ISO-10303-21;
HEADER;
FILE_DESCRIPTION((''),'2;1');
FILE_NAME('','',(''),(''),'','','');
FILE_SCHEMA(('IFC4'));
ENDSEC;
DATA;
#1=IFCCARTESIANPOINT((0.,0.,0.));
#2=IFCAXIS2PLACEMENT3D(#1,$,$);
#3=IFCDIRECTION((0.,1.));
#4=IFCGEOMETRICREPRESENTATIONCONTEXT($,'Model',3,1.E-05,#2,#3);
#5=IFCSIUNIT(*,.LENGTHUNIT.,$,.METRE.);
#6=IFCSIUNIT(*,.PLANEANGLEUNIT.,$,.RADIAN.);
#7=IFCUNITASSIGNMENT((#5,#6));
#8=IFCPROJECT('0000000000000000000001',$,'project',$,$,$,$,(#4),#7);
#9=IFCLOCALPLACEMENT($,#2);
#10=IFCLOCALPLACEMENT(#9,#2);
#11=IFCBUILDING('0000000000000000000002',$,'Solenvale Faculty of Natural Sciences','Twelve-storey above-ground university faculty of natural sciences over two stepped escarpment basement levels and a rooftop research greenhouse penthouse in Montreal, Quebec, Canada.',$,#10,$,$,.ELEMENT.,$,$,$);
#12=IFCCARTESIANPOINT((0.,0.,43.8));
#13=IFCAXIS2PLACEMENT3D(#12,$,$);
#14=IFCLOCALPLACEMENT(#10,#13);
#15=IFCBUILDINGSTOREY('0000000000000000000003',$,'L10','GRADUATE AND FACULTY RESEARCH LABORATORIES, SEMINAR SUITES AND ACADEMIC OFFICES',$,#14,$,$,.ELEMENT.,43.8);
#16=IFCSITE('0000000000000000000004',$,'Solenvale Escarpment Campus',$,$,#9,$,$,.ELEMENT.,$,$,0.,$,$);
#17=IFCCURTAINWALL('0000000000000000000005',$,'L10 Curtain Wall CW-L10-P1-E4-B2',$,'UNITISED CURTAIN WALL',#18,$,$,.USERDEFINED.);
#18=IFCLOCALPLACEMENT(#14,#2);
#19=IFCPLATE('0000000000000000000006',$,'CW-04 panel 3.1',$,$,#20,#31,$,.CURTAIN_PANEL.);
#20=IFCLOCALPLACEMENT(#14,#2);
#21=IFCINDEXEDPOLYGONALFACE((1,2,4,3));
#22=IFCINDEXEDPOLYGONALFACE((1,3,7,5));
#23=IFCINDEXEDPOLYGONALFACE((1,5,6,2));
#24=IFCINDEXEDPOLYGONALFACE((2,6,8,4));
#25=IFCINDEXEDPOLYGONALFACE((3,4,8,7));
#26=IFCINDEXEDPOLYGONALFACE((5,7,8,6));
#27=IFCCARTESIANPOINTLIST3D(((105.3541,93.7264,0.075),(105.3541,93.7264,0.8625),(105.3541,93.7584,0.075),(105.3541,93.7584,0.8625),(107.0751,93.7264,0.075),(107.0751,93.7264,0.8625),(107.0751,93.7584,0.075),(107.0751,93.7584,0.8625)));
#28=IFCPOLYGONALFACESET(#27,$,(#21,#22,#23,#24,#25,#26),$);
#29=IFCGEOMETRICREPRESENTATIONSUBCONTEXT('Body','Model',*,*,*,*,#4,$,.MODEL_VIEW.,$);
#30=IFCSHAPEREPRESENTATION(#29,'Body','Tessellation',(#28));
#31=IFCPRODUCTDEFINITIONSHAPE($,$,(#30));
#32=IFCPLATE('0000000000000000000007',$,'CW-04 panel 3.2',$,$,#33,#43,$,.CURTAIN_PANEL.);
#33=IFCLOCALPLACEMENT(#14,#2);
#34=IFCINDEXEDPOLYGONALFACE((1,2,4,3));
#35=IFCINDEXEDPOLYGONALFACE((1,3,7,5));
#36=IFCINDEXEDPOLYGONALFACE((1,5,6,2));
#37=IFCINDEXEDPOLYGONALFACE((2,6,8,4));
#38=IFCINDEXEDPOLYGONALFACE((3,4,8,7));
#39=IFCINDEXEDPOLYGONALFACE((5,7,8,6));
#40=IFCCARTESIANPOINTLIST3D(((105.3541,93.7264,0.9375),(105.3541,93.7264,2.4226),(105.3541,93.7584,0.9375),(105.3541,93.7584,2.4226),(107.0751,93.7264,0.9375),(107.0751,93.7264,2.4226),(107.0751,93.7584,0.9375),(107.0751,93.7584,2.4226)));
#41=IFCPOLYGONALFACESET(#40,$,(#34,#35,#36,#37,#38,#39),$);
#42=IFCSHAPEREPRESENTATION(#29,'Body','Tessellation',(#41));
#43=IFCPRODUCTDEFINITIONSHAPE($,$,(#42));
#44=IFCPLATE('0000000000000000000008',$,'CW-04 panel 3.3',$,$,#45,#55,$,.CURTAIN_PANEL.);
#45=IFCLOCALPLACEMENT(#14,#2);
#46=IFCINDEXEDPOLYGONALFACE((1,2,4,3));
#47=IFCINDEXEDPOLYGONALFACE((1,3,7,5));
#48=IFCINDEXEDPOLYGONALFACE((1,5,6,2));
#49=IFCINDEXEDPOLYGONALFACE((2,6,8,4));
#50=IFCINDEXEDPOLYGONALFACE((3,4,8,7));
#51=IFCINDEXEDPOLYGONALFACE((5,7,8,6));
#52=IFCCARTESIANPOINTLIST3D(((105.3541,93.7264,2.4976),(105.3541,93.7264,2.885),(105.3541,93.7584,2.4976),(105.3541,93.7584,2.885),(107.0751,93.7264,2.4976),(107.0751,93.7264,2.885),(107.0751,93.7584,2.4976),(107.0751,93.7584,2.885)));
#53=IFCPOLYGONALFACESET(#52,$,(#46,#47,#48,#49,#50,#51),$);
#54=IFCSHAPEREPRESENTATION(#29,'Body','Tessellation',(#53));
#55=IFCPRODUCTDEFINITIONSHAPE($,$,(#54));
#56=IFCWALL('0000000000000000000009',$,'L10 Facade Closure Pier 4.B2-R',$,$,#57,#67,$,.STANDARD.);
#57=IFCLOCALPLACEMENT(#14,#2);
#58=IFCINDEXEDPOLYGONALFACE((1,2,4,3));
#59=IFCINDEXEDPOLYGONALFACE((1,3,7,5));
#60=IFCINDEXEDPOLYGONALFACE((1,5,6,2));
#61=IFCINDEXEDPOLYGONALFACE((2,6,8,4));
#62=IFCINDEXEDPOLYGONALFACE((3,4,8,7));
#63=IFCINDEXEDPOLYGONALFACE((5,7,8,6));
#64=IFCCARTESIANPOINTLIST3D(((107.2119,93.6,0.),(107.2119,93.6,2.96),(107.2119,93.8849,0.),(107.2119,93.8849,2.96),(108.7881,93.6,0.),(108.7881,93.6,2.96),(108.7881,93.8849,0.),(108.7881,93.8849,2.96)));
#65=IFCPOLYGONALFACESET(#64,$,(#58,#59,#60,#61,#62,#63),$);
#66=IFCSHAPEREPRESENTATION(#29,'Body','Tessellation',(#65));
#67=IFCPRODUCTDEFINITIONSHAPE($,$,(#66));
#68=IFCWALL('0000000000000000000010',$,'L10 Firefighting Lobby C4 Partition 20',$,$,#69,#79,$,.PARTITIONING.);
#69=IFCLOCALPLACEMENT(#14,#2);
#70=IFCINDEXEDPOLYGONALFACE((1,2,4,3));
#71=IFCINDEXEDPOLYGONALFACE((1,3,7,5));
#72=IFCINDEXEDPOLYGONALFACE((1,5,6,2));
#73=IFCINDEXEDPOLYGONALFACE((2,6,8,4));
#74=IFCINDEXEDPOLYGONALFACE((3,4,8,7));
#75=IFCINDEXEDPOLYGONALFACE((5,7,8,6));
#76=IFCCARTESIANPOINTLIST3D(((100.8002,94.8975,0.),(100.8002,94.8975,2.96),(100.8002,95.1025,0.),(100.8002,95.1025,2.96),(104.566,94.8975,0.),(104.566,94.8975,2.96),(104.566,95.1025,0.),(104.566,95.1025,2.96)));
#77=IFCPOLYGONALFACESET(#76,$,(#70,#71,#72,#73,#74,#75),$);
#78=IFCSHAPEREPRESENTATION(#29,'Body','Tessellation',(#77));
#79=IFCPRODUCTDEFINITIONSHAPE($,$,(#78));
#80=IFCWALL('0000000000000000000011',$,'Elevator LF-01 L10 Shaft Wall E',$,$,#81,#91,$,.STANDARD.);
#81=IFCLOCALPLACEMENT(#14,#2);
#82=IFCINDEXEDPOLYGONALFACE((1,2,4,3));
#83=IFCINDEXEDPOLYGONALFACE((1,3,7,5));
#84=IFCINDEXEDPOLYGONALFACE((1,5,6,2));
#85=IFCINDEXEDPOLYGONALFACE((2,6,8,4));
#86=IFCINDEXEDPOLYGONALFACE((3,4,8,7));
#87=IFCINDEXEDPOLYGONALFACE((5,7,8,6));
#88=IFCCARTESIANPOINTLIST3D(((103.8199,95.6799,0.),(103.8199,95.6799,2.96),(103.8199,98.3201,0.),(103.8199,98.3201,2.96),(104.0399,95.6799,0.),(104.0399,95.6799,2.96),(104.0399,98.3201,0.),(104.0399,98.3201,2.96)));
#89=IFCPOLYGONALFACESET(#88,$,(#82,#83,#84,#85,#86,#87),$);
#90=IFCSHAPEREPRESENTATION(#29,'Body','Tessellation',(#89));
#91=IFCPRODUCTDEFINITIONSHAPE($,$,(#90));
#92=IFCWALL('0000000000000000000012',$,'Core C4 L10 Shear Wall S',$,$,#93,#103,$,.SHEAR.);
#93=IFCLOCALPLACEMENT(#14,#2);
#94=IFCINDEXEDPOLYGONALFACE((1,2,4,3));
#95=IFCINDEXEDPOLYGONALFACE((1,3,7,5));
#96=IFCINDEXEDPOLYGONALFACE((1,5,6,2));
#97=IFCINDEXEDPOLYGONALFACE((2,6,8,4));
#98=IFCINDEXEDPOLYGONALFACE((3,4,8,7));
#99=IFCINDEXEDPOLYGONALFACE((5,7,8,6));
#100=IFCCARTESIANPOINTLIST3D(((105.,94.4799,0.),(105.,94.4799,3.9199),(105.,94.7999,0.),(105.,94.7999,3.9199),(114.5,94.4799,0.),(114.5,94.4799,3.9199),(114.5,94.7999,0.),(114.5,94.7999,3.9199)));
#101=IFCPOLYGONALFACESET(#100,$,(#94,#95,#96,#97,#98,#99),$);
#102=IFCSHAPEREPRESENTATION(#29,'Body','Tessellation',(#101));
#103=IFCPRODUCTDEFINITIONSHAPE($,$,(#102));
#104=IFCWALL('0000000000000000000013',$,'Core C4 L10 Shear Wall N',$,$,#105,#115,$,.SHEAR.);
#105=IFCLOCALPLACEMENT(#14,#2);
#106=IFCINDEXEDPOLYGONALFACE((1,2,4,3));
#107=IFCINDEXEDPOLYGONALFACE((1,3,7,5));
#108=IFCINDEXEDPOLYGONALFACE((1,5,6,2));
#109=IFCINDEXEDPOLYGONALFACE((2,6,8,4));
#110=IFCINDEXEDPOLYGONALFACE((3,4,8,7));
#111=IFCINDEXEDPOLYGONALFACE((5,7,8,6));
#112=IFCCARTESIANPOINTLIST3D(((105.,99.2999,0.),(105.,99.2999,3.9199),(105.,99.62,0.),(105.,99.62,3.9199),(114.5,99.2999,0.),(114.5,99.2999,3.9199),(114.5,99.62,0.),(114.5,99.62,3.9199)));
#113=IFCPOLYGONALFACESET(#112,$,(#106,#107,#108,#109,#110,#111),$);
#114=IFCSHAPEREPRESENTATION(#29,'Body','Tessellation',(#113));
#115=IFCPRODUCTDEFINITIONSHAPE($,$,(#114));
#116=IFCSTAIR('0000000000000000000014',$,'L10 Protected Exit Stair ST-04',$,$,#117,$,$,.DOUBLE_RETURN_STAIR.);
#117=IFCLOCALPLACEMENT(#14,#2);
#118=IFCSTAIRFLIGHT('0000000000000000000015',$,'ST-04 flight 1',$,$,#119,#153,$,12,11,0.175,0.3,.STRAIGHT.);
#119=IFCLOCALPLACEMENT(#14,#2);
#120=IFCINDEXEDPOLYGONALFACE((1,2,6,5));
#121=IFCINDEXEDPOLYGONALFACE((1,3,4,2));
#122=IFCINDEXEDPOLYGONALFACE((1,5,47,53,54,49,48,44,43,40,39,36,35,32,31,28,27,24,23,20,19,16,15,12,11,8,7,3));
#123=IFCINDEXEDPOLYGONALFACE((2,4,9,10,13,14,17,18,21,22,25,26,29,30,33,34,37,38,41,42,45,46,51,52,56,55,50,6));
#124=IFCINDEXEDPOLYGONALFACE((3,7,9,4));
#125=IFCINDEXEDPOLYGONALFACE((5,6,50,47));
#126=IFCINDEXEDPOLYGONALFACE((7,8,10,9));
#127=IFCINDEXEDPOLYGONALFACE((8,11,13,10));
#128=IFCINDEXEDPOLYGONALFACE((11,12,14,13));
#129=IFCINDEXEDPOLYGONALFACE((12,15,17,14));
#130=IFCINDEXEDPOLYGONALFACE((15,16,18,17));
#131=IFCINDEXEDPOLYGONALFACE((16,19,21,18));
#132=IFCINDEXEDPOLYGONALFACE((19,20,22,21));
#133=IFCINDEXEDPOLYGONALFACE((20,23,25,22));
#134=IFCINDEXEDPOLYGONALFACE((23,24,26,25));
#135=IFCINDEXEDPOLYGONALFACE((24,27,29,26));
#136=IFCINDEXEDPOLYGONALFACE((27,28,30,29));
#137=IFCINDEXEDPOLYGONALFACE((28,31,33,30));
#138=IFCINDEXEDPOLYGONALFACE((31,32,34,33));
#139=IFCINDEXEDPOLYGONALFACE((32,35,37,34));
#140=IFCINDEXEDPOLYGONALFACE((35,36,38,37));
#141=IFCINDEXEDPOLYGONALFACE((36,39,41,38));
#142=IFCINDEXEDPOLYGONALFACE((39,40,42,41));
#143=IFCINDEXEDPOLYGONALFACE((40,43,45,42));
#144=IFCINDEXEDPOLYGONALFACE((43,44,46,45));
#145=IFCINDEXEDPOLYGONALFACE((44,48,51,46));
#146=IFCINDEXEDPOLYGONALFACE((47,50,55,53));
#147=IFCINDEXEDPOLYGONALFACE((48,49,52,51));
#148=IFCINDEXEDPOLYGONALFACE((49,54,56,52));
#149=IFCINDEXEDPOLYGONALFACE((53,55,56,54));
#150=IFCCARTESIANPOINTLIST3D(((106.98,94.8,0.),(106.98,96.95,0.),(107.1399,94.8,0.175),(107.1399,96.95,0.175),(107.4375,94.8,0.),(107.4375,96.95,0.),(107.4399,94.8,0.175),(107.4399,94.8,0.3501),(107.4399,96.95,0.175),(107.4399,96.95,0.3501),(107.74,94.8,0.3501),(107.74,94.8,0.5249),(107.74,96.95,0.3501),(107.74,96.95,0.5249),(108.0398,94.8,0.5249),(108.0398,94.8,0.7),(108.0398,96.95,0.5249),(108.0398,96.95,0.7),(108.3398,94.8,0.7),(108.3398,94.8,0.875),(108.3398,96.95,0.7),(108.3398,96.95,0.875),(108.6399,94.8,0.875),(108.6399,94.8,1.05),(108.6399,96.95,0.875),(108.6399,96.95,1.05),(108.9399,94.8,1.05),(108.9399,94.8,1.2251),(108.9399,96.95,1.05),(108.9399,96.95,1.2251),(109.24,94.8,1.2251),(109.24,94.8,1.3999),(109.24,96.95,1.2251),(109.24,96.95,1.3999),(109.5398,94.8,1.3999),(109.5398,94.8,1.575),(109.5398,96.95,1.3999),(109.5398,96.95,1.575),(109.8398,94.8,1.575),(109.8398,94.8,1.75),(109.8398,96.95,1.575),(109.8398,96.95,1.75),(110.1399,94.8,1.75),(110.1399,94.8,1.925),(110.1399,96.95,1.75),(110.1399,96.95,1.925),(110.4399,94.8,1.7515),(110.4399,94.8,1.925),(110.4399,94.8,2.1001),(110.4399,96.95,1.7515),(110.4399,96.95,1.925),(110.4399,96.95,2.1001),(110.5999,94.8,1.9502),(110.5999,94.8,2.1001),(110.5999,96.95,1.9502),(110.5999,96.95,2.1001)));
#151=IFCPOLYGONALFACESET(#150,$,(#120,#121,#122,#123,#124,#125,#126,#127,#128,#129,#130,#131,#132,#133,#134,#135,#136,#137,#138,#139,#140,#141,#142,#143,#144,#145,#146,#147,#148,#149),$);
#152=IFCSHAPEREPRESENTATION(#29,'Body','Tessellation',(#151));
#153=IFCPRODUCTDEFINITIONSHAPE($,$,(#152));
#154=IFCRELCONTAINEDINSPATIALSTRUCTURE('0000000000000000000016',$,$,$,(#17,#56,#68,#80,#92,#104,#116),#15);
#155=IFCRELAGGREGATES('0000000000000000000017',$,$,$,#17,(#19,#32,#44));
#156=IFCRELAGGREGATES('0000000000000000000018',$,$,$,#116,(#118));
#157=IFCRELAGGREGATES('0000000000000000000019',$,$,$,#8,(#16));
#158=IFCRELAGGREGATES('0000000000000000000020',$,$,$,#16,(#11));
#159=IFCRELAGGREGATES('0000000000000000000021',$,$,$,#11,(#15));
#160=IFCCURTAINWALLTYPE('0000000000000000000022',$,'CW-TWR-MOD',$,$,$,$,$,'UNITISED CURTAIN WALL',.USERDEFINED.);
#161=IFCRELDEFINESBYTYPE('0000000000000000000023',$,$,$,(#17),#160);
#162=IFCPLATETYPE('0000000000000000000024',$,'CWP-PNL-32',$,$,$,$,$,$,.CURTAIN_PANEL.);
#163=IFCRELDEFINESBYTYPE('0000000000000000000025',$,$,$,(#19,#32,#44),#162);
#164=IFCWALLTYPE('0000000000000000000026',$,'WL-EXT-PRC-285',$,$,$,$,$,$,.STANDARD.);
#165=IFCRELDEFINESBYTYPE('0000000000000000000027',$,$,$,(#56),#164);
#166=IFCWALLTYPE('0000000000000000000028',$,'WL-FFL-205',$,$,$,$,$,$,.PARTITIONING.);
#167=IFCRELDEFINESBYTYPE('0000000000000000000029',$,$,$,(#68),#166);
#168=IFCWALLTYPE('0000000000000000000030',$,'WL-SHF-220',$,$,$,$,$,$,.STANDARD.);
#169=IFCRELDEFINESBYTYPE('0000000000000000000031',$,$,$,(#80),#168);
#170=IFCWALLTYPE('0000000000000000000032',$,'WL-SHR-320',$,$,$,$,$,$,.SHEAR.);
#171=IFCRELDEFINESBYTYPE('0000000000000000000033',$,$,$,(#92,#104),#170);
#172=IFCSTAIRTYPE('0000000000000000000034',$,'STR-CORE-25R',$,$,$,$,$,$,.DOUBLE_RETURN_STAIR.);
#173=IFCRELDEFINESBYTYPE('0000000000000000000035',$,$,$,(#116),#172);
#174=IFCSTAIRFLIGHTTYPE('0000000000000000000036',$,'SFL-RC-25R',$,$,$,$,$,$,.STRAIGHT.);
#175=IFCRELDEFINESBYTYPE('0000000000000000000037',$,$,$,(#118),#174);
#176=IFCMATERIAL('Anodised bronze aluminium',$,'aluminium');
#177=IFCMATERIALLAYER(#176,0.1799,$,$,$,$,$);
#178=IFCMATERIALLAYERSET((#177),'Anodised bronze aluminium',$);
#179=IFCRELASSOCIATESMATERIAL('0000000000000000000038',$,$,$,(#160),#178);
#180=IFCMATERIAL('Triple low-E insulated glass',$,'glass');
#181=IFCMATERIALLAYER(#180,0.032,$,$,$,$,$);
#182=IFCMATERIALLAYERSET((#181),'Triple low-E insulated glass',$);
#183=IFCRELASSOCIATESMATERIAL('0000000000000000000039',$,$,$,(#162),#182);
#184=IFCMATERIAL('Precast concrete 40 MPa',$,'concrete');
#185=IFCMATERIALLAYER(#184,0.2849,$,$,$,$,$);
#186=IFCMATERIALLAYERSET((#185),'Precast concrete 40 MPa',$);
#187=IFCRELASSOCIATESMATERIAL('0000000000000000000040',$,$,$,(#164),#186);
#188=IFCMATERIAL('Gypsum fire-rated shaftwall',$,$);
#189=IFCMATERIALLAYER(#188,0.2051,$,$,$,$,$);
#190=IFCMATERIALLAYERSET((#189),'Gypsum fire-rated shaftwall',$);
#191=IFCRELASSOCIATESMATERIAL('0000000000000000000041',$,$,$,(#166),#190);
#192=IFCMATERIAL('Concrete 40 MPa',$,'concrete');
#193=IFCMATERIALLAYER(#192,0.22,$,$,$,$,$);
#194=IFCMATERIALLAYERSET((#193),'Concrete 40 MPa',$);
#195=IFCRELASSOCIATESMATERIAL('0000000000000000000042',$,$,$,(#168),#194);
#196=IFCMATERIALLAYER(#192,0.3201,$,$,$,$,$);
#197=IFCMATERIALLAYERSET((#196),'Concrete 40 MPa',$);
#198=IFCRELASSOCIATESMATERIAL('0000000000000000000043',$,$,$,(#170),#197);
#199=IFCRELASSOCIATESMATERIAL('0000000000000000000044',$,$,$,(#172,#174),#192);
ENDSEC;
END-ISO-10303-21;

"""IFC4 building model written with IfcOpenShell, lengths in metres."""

from ifc_helpers import new_model, si_unit, direction, frame, frame_2d, origin, origin_2d, place, context, subcontext, project, spatial, polyline, rectangle, outline, extrude, material, layer, layer_set, type_object, element, aggregate, save


model = new_model("IFC4")

# Units and contexts
model_context = context("Model", 3, precision=1e-05, world=origin(), true_north=direction((0.0, 1.0)))
body_context = subcontext(model_context, "Body", "Model", "MODEL_VIEW")
ifc_project = project(units=[si_unit("LENGTHUNIT", "METRE"), si_unit("PLANEANGLEUNIT", "RADIAN")], contexts=[model_context])

# Site, building, storey
site_placement = place(None, origin())
site = spatial("IfcSite", under=ifc_project, at=site_placement, Name="Solenvale Escarpment Campus", CompositionType="ELEMENT", RefElevation=0.0)
building_placement = place(site_placement, origin())
building = spatial("IfcBuilding", under=site, at=building_placement, Name="Solenvale Faculty of Natural Sciences", Description="Twelve-storey above-ground university faculty of natural sciences over two stepped escarpment basement levels and a rooftop research greenhouse penthouse in Montreal, Quebec, Canada.", CompositionType="ELEMENT")
storey_placement = place(building_placement, frame((0.0, 0.0, 43.8)))
storey = spatial("IfcBuildingStorey", under=building, at=storey_placement, Name="L10", Description="GRADUATE AND FACULTY RESEARCH LABORATORIES, SEMINAR SUITES AND ACADEMIC OFFICES", CompositionType="ELEMENT", Elevation=43.8)

# Curtain wall, plates
ifc_material_1 = material(Name="Anodised bronze aluminium", Category="aluminium")
ifc_layer_1 = layer(ifc_material_1, 0.1799)
ifc_layer_set_1 = layer_set([ifc_layer_1], Name="Anodised bronze aluminium")
curtain_wall_type = type_object("IfcCurtainWallType", Name="CW-TWR-MOD", ElementType="UNITISED CURTAIN WALL", PredefinedType="USERDEFINED", material=ifc_layer_set_1)
curtain_wall_placement = place(storey_placement, origin())
curtain_wall = element("IfcCurtainWall", 1, at=curtain_wall_placement, inside=storey, type_object=curtain_wall_type, Name="L10 Curtain Wall CW-L10-P1-E4-B2", ObjectType="UNITISED CURTAIN WALL", PredefinedType="USERDEFINED")
ifc_material_2 = material(Name="Triple low-E insulated glass", Category="glass")
ifc_layer_2 = layer(ifc_material_2, 0.032)
ifc_layer_set_2 = layer_set([ifc_layer_2], Name="Triple low-E insulated glass")
plate_type = type_object("IfcPlateType", Name="CWP-PNL-32", PredefinedType="CURTAIN_PANEL", material=ifc_layer_set_2)
plate_1_placement = place(storey_placement, frame((106.2146, 93.7424, 0.075), z_axis=(0.0, 0.0, 1.0), x_axis=(1.0, 0.0, 0.0)))
plate_1 = element("IfcPlate", 2, at=plate_1_placement, type_object=plate_type, Name="CW-04 panel 3.1", PredefinedType="CURTAIN_PANEL", context=body_context, shape_type="SweptSolid", body=[
    extrude(rectangle(XDim=1.7209, YDim=0.032, at=origin_2d()), origin(), (0.0, 0.0, 1.0), 0.7876),
])
plate_2_placement = place(storey_placement, frame((106.2146, 93.7424, 0.9375), z_axis=(0.0, 0.0, 1.0), x_axis=(1.0, 0.0, 0.0)))
plate_2 = element("IfcPlate", 3, at=plate_2_placement, type_object=plate_type, Name="CW-04 panel 3.2", PredefinedType="CURTAIN_PANEL", context=body_context, shape_type="SweptSolid", body=[
    extrude(rectangle(XDim=1.7209, YDim=0.032, at=origin_2d()), origin(), (0.0, 0.0, 1.0), 1.4851),
])
plate_3_placement = place(storey_placement, frame((106.2146, 93.7424, 2.4976), z_axis=(0.0, 0.0, 1.0), x_axis=(1.0, 0.0, 0.0)))
plate_3 = element("IfcPlate", 4, at=plate_3_placement, type_object=plate_type, Name="CW-04 panel 3.3", PredefinedType="CURTAIN_PANEL", context=body_context, shape_type="SweptSolid", body=[
    extrude(rectangle(XDim=1.7209, YDim=0.032, at=origin_2d()), origin(), (0.0, 0.0, 1.0), 0.3875),
])
aggregate(curtain_wall, [plate_1, plate_2, plate_3])

# Walls
ifc_material_3 = material(Name="Precast concrete 40 MPa", Category="concrete")
ifc_layer_3 = layer(ifc_material_3, 0.2849)
ifc_layer_set_3 = layer_set([ifc_layer_3], Name="Precast concrete 40 MPa")
wall_type_1 = type_object("IfcWallType", Name="WL-EXT-PRC-285", PredefinedType="STANDARD", material=ifc_layer_set_3)
wall_1_placement = place(storey_placement, frame((107.2119, 93.7424, 0.0), z_axis=(0.0, 0.0, 1.0), x_axis=(1.0, 0.0, 0.0)))
element("IfcWall", 5, at=wall_1_placement, inside=storey, type_object=wall_type_1, Name="L10 Facade Closure Pier 4.B2-R", PredefinedType="STANDARD", context=body_context, shape_type="SweptSolid", body=[
    extrude(rectangle(XDim=1.5762, YDim=0.2849, at=frame_2d((0.7881, 0.0))), origin(), (0.0, 0.0, 1.0), 2.96),
])
ifc_material_4 = material(Name="Gypsum fire-rated shaftwall")
ifc_layer_4 = layer(ifc_material_4, 0.2051)
ifc_layer_set_4 = layer_set([ifc_layer_4], Name="Gypsum fire-rated shaftwall")
wall_type_2 = type_object("IfcWallType", Name="WL-FFL-205", PredefinedType="PARTITIONING", material=ifc_layer_set_4)
wall_2_placement = place(storey_placement, frame((104.5659, 95.0, 0.0), z_axis=(0.0, 0.0, 1.0), x_axis=(-1.0, 0.0, 0.0)))
element("IfcWall", 6, at=wall_2_placement, inside=storey, type_object=wall_type_2, Name="L10 Firefighting Lobby C4 Partition 20", PredefinedType="PARTITIONING", context=body_context, shape_type="SweptSolid", body=[
    extrude(rectangle(XDim=3.7659, YDim=0.2051, at=frame_2d((1.8828, 0.0))), origin(), (0.0, 0.0, 1.0), 2.96),
])
ifc_material_5 = material(Name="Concrete 40 MPa", Category="concrete")
ifc_layer_5 = layer(ifc_material_5, 0.22)
ifc_layer_set_5 = layer_set([ifc_layer_5], Name="Concrete 40 MPa")
wall_type_3 = type_object("IfcWallType", Name="WL-SHF-220", PredefinedType="STANDARD", material=ifc_layer_set_5)
wall_3_placement = place(storey_placement, frame((103.9299, 95.6799, 0.0), z_axis=(0.0, 0.0, 1.0), x_axis=(0.0, 1.0, 0.0)))
element("IfcWall", 7, at=wall_3_placement, inside=storey, type_object=wall_type_3, Name="Elevator LF-01 L10 Shaft Wall E", PredefinedType="STANDARD", context=body_context, shape_type="SweptSolid", body=[
    extrude(rectangle(XDim=2.6401, YDim=0.22, at=frame_2d((1.3201, 0.0))), origin(), (0.0, 0.0, 1.0), 2.96),
])
ifc_layer_6 = layer(ifc_material_5, 0.3201)
ifc_layer_set_6 = layer_set([ifc_layer_6], Name="Concrete 40 MPa")
wall_type_4 = type_object("IfcWallType", Name="WL-SHR-320", PredefinedType="SHEAR", material=ifc_layer_set_6)
for number, where, z_axis, x_axis, name in (
    (8, (105.0, 94.6399, 0.0), (0.0, 0.0, 1.0), (1.0, 0.0, 0.0), "Core C4 L10 Shear Wall S"),
    (9, (105.0, 99.46, 0.0), (0.0, 0.0, 1.0), (1.0, 0.0, 0.0), "Core C4 L10 Shear Wall N"),
):
    element("IfcWall", number, at=place(storey_placement, frame(where, z_axis=z_axis, x_axis=x_axis)), inside=storey, type_object=wall_type_4, Name=name, PredefinedType="SHEAR", context=body_context, shape_type="SweptSolid", body=[
        extrude(rectangle(XDim=9.5, YDim=0.3201, at=frame_2d((4.75, 0.0))), origin(), (0.0, 0.0, 1.0), 3.9199),
    ])

# Stair, stair flight
stair_type = type_object("IfcStairType", Name="STR-CORE-25R", PredefinedType="DOUBLE_RETURN_STAIR", material=ifc_material_5)
stair_placement = place(storey_placement, origin())
stair = element("IfcStair", 10, at=stair_placement, inside=storey, type_object=stair_type, Name="L10 Protected Exit Stair ST-04", PredefinedType="DOUBLE_RETURN_STAIR")
stair_flight_type = type_object("IfcStairFlightType", Name="SFL-RC-25R", PredefinedType="STRAIGHT", material=ifc_material_5)
stair_flight_placement = place(storey_placement, frame((107.1399, 95.875, 0.0), z_axis=(0.0, 0.0, 1.0), x_axis=(1.0, 0.0, 0.0)))
stair_flight = element("IfcStairFlight", 11, at=stair_flight_placement, type_object=stair_flight_type, Name="ST-04 flight 1", NumberOfRisers=12, NumberOfTreads=11, PredefinedType="STRAIGHT", RiserHeight=0.175, TreadLength=0.3, context=body_context, shape_type="SweptSolid", body=[
    extrude(outline(polyline([(-0.1599, 0.0), (0.0, 0.175), (0.3, 0.175), (0.3, 0.3501), (0.6001, 0.3501), (0.6001, 0.5249), (0.8999, 0.5249), (0.8999, 0.7), (1.2, 0.7), (1.2, 0.875), (1.5, 0.875), (1.5, 1.05), (1.8, 1.05), (1.8, 1.2251), (2.1001, 1.2251), (2.1001, 1.3999), (2.3999, 1.3999), (2.3999, 1.575), (2.7, 1.575), (2.7, 1.75), (3.0, 1.75), (3.0, 1.925), (3.3, 1.925), (3.3, 2.1001), (3.46, 2.1001), (3.46, 1.9502), (3.3, 1.7515), (0.2976, 0.0), (-0.1599, 0.0)])), frame((0.0, 1.075, 0.0), z_axis=(0.0, -1.0, 0.0), x_axis=(1.0, 0.0, 0.0)), (0.0, 0.0, 1.0), 2.1499),
])
aggregate(stair, [stair_flight])

save(model, "model.ifc")
